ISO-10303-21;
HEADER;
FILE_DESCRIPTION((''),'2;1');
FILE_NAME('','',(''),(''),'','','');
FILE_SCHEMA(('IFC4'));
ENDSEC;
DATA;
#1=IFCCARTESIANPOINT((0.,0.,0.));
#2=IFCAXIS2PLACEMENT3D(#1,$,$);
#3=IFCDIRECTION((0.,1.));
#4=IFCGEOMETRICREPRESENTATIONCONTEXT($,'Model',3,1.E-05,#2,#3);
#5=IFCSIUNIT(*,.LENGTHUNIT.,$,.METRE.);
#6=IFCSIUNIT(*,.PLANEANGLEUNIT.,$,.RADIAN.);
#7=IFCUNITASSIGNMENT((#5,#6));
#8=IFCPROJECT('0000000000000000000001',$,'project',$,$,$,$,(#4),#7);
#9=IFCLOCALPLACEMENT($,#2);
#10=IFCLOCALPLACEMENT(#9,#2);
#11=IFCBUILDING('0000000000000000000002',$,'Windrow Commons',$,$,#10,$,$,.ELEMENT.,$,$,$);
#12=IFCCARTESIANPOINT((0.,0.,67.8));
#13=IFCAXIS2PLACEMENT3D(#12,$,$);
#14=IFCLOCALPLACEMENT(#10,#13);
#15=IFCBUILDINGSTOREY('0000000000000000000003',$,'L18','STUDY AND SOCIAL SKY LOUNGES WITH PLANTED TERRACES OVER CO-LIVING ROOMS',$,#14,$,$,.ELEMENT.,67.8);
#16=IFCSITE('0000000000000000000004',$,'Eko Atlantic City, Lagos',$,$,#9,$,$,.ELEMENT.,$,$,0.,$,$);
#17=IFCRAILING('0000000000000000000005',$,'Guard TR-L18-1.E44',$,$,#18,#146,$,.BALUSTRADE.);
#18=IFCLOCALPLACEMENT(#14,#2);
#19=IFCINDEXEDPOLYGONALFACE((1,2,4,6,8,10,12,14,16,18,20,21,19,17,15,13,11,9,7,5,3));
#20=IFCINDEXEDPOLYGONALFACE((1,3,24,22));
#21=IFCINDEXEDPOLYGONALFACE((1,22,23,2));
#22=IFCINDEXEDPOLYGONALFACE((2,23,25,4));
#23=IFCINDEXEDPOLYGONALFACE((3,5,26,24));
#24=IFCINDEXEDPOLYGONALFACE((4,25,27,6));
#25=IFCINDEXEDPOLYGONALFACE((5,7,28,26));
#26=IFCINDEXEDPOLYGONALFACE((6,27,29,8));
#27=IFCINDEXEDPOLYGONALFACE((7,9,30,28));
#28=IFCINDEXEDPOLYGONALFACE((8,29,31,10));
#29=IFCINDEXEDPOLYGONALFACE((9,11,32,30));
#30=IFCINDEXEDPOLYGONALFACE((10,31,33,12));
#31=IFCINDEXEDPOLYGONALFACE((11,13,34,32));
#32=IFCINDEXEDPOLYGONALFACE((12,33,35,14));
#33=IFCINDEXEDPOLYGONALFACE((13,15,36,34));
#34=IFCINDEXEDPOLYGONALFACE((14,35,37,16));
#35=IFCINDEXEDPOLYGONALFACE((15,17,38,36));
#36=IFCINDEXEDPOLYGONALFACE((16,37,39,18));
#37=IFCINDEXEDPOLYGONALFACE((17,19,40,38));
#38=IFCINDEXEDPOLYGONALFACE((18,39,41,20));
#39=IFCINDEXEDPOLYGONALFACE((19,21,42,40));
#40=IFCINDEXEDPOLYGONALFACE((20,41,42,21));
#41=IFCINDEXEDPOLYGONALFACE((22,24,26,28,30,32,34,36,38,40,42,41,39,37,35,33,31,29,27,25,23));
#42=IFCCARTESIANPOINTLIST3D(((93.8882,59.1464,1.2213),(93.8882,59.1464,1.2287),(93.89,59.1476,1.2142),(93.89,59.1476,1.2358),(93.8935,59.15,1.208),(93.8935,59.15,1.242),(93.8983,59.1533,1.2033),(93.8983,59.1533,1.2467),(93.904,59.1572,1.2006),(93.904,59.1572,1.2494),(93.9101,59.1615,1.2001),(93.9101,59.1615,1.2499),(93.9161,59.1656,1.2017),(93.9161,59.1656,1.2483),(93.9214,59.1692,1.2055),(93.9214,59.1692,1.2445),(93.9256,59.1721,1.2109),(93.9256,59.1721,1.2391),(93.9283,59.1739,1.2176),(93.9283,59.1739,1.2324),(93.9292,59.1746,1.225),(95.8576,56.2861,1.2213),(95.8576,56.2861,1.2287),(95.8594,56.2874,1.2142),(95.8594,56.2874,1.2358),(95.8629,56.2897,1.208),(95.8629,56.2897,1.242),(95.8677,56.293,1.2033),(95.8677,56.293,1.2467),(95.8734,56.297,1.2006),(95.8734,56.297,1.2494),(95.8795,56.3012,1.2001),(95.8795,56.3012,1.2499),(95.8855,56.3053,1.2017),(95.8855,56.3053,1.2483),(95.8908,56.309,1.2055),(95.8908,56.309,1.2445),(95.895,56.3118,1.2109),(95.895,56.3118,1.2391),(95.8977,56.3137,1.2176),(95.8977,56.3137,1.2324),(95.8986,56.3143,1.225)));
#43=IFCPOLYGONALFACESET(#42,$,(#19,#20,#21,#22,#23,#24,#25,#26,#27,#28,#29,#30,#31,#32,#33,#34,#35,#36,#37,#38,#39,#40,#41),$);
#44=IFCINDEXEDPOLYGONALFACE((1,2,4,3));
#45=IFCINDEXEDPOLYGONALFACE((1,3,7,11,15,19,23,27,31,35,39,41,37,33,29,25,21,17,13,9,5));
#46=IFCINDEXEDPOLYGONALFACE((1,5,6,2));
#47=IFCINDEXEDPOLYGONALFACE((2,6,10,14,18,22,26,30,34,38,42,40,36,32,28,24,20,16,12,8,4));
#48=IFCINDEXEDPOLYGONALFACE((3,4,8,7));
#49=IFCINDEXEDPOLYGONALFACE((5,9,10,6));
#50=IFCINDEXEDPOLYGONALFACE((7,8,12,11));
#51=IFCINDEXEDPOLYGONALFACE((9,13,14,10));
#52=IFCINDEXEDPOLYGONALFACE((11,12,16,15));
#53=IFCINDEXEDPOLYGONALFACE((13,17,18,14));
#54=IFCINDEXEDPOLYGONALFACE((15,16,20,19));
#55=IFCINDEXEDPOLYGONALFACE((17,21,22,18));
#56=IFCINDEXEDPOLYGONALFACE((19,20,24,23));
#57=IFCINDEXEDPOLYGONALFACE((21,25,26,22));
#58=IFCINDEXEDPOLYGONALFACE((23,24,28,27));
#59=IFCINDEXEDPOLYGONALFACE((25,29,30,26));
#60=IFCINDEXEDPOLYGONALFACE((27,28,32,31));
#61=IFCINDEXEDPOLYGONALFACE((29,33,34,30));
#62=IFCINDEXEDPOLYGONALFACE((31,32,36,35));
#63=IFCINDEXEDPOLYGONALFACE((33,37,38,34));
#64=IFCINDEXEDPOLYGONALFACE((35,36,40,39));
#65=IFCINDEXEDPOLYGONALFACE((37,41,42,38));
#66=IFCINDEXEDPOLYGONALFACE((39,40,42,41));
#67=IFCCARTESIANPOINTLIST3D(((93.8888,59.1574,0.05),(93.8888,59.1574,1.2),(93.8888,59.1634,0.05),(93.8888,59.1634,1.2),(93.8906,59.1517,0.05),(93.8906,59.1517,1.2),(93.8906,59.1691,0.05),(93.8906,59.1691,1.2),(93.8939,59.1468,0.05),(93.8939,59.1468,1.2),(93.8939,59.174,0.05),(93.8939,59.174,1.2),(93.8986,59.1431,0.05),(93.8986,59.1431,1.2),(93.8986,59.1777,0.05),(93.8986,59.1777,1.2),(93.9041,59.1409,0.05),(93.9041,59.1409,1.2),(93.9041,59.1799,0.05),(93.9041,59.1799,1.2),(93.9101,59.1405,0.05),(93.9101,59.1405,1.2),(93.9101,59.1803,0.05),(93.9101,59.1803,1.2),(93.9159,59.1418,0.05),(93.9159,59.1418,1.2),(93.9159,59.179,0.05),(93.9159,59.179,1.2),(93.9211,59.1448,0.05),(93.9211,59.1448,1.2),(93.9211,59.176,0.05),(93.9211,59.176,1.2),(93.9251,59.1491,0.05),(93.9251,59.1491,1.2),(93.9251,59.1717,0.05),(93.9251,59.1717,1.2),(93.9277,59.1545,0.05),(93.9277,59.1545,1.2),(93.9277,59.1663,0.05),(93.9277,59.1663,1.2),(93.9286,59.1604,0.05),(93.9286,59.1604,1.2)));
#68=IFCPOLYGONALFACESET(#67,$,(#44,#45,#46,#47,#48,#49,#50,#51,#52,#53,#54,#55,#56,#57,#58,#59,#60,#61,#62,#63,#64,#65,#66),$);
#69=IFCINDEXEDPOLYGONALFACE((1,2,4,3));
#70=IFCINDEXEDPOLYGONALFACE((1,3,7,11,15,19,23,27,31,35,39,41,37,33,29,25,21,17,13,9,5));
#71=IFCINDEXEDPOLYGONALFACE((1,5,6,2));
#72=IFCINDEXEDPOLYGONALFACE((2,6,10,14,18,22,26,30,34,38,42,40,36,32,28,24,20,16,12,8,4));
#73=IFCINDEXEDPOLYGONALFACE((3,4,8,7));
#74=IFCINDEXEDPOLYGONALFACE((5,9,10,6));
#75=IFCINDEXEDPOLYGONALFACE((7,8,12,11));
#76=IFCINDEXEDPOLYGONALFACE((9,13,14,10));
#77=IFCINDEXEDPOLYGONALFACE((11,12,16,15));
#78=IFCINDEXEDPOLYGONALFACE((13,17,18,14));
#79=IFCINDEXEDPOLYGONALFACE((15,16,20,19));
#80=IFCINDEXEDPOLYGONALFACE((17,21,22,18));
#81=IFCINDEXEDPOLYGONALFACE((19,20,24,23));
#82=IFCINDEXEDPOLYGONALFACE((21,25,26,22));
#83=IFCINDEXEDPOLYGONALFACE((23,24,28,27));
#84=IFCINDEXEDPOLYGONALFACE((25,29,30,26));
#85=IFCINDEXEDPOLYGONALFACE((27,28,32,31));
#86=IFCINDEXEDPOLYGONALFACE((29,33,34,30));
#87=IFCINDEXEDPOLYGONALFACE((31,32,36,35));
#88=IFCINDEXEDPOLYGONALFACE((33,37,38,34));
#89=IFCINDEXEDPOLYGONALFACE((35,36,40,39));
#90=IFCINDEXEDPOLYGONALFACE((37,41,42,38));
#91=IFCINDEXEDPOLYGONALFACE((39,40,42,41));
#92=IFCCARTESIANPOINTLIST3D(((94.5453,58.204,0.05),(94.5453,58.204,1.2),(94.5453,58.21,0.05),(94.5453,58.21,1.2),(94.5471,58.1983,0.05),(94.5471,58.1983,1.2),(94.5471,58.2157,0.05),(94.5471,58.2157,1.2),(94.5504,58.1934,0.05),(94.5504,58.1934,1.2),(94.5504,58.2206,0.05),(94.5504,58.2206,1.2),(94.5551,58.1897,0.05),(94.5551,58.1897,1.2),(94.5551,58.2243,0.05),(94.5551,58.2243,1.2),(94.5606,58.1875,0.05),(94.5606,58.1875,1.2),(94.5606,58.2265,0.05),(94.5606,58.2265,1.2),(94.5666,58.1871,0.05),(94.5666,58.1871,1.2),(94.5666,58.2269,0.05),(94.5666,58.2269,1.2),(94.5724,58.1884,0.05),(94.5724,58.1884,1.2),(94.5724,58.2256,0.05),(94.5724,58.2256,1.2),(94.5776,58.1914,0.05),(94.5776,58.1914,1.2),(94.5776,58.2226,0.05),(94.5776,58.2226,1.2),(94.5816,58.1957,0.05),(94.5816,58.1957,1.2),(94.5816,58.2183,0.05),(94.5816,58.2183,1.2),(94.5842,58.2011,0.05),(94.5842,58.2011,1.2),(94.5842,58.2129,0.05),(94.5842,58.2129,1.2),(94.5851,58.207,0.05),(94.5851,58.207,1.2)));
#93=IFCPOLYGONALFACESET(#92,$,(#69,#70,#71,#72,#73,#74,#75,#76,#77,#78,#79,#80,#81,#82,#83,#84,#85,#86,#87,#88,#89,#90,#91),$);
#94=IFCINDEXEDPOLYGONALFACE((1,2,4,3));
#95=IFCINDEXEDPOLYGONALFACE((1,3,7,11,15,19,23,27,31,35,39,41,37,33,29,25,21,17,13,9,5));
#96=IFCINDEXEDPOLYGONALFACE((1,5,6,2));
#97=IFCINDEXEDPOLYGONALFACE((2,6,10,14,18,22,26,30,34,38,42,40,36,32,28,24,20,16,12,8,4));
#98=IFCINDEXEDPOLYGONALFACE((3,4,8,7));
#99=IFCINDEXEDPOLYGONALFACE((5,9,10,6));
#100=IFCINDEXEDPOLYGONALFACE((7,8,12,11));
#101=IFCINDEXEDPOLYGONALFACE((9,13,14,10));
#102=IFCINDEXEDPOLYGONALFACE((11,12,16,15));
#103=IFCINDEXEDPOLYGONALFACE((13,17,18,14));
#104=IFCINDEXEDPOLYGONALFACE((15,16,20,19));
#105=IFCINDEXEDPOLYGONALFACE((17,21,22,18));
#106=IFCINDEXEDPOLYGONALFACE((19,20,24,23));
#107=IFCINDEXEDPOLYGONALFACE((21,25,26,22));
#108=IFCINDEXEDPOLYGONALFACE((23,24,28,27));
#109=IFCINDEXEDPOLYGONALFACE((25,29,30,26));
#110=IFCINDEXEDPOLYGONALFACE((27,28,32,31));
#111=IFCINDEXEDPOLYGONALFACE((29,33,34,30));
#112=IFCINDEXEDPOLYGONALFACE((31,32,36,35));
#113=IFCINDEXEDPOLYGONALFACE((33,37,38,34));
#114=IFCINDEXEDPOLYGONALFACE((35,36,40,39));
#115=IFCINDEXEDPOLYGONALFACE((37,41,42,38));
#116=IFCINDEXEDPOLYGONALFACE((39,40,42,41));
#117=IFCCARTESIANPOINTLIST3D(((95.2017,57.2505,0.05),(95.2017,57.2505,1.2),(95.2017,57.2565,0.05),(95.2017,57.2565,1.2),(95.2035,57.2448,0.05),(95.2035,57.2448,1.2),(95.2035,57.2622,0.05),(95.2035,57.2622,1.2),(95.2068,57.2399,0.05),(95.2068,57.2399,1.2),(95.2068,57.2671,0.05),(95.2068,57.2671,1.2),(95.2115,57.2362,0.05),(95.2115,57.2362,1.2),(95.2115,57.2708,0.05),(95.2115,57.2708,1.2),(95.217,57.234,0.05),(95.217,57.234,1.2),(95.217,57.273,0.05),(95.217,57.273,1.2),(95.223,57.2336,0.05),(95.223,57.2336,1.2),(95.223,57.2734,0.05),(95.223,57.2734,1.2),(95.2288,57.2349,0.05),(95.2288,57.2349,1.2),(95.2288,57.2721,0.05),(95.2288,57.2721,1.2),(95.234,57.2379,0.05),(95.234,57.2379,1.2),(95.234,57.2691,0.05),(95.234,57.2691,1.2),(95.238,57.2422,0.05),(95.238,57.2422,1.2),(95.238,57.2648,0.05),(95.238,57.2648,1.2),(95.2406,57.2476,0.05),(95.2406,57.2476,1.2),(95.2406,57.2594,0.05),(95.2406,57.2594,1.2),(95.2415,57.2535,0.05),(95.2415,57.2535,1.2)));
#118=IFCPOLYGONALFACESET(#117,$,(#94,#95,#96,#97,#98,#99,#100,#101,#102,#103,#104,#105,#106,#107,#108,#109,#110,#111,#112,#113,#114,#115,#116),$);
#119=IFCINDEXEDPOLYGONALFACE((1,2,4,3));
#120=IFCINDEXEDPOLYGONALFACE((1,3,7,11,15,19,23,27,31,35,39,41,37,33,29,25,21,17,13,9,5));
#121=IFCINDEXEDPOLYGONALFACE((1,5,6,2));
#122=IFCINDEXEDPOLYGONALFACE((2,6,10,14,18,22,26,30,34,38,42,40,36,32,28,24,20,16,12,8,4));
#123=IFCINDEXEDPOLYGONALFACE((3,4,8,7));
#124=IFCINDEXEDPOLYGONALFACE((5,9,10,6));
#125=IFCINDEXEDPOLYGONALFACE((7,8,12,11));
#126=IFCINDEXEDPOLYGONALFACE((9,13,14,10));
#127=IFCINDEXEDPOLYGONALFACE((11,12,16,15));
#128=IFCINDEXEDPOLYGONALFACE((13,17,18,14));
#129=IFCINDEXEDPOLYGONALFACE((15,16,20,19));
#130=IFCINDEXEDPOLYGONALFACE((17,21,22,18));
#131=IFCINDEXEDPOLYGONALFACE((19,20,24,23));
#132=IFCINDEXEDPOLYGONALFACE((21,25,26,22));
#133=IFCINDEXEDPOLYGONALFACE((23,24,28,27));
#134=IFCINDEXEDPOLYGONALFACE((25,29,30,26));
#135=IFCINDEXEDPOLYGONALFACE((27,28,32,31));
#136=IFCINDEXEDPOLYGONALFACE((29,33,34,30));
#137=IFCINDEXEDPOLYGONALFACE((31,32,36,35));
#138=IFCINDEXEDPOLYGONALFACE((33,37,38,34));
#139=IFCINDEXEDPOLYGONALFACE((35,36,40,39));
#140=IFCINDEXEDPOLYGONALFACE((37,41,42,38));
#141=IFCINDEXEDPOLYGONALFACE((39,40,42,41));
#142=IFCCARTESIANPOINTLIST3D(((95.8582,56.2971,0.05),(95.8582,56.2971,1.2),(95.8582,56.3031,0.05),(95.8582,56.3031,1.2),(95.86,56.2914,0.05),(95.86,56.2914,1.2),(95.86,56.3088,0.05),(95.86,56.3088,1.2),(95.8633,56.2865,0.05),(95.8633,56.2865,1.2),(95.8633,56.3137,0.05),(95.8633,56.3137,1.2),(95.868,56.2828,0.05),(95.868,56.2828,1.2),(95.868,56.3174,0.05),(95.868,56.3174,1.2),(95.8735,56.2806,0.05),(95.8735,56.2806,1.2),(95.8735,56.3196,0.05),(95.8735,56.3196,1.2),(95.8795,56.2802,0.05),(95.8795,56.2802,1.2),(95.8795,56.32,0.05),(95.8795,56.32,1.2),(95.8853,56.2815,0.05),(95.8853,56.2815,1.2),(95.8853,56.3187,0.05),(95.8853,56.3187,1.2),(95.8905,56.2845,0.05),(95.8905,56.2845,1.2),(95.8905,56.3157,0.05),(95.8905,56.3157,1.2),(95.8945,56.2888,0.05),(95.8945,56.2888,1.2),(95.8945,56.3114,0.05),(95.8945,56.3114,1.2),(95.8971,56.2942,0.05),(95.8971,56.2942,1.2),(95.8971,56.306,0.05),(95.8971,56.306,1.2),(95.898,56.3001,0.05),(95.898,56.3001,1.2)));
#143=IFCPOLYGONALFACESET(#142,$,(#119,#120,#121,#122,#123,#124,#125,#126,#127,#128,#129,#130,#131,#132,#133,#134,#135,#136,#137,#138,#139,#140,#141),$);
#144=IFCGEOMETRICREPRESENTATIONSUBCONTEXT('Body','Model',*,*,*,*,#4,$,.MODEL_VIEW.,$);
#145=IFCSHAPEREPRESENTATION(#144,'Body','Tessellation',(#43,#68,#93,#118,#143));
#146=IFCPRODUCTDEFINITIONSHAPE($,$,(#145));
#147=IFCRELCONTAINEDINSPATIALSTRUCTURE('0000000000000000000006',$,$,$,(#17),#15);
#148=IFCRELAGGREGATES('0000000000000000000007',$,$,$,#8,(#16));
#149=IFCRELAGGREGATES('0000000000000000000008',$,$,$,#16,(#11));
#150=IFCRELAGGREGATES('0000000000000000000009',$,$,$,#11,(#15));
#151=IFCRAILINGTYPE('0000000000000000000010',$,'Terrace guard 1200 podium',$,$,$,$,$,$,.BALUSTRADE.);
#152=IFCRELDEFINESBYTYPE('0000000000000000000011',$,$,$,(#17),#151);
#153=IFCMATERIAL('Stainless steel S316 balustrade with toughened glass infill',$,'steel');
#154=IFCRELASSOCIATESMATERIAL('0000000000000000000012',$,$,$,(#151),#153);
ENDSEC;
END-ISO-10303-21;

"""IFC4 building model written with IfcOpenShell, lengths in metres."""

from ifc_helpers import new_model, si_unit, direction, frame, origin, origin_2d, place, context, subcontext, project, spatial, circle, extrude, material, type_object, element, save


model = new_model("IFC4")

# Units and contexts
model_context = context("Model", 3, precision=1e-05, world=origin(), true_north=direction((0.0, 1.0)))
body_context = subcontext(model_context, "Body", "Model", "MODEL_VIEW")
ifc_project = project(units=[si_unit("LENGTHUNIT", "METRE"), si_unit("PLANEANGLEUNIT", "RADIAN")], contexts=[model_context])

# Site, building, storey
site_placement = place(None, origin())
site = spatial("IfcSite", under=ifc_project, at=site_placement, Name="Eko Atlantic City, Lagos", CompositionType="ELEMENT", RefElevation=0.0)
building_placement = place(site_placement, origin())
building = spatial("IfcBuilding", under=site, at=building_placement, Name="Windrow Commons", CompositionType="ELEMENT")
storey_placement = place(building_placement, frame((0.0, 0.0, 67.8)))
storey = spatial("IfcBuildingStorey", under=building, at=storey_placement, Name="L18", Description="STUDY AND SOCIAL SKY LOUNGES WITH PLANTED TERRACES OVER CO-LIVING ROOMS", CompositionType="ELEMENT", Elevation=67.8)

# Railing
ifc_material_1 = material(Name="Stainless steel S316 balustrade with toughened glass infill", Category="steel")
railing_type_1 = type_object("IfcRailingType", Name="Terrace guard 1200 podium", PredefinedType="BALUSTRADE", material=ifc_material_1)
railing_1_placement = place(storey_placement, frame((93.9086, 59.1604, 0.05)))
element("IfcRailing", 1, at=railing_1_placement, inside=storey, type_object=railing_type_1, Name="Guard TR-L18-1.E44", PredefinedType="BALUSTRADE", context=body_context, shape_type="SweptSolid", body=[
    extrude(circle(Radius=0.025, at=origin_2d()), frame((0.0, 0.0, 1.175), z_axis=(0.567104, -0.823646, 0.0), x_axis=(0.823646, 0.567104, 0.0)), (0.0, 0.0, 1.0), 3.4727),
    extrude(circle(Radius=0.02, at=origin_2d()), origin(), (0.0, 0.0, 1.0), 1.15),
    extrude(circle(Radius=0.02, at=origin_2d()), frame((0.6565, -0.9534, 0.0)), (0.0, 0.0, 1.0), 1.15),
    extrude(circle(Radius=0.02, at=origin_2d()), frame((1.3129, -1.9069, 0.0)), (0.0, 0.0, 1.0), 1.15),
    extrude(circle(Radius=0.02, at=origin_2d()), frame((1.9694, -2.8603, 0.0)), (0.0, 0.0, 1.0), 1.15),
])

save(model, "model.ifc")
